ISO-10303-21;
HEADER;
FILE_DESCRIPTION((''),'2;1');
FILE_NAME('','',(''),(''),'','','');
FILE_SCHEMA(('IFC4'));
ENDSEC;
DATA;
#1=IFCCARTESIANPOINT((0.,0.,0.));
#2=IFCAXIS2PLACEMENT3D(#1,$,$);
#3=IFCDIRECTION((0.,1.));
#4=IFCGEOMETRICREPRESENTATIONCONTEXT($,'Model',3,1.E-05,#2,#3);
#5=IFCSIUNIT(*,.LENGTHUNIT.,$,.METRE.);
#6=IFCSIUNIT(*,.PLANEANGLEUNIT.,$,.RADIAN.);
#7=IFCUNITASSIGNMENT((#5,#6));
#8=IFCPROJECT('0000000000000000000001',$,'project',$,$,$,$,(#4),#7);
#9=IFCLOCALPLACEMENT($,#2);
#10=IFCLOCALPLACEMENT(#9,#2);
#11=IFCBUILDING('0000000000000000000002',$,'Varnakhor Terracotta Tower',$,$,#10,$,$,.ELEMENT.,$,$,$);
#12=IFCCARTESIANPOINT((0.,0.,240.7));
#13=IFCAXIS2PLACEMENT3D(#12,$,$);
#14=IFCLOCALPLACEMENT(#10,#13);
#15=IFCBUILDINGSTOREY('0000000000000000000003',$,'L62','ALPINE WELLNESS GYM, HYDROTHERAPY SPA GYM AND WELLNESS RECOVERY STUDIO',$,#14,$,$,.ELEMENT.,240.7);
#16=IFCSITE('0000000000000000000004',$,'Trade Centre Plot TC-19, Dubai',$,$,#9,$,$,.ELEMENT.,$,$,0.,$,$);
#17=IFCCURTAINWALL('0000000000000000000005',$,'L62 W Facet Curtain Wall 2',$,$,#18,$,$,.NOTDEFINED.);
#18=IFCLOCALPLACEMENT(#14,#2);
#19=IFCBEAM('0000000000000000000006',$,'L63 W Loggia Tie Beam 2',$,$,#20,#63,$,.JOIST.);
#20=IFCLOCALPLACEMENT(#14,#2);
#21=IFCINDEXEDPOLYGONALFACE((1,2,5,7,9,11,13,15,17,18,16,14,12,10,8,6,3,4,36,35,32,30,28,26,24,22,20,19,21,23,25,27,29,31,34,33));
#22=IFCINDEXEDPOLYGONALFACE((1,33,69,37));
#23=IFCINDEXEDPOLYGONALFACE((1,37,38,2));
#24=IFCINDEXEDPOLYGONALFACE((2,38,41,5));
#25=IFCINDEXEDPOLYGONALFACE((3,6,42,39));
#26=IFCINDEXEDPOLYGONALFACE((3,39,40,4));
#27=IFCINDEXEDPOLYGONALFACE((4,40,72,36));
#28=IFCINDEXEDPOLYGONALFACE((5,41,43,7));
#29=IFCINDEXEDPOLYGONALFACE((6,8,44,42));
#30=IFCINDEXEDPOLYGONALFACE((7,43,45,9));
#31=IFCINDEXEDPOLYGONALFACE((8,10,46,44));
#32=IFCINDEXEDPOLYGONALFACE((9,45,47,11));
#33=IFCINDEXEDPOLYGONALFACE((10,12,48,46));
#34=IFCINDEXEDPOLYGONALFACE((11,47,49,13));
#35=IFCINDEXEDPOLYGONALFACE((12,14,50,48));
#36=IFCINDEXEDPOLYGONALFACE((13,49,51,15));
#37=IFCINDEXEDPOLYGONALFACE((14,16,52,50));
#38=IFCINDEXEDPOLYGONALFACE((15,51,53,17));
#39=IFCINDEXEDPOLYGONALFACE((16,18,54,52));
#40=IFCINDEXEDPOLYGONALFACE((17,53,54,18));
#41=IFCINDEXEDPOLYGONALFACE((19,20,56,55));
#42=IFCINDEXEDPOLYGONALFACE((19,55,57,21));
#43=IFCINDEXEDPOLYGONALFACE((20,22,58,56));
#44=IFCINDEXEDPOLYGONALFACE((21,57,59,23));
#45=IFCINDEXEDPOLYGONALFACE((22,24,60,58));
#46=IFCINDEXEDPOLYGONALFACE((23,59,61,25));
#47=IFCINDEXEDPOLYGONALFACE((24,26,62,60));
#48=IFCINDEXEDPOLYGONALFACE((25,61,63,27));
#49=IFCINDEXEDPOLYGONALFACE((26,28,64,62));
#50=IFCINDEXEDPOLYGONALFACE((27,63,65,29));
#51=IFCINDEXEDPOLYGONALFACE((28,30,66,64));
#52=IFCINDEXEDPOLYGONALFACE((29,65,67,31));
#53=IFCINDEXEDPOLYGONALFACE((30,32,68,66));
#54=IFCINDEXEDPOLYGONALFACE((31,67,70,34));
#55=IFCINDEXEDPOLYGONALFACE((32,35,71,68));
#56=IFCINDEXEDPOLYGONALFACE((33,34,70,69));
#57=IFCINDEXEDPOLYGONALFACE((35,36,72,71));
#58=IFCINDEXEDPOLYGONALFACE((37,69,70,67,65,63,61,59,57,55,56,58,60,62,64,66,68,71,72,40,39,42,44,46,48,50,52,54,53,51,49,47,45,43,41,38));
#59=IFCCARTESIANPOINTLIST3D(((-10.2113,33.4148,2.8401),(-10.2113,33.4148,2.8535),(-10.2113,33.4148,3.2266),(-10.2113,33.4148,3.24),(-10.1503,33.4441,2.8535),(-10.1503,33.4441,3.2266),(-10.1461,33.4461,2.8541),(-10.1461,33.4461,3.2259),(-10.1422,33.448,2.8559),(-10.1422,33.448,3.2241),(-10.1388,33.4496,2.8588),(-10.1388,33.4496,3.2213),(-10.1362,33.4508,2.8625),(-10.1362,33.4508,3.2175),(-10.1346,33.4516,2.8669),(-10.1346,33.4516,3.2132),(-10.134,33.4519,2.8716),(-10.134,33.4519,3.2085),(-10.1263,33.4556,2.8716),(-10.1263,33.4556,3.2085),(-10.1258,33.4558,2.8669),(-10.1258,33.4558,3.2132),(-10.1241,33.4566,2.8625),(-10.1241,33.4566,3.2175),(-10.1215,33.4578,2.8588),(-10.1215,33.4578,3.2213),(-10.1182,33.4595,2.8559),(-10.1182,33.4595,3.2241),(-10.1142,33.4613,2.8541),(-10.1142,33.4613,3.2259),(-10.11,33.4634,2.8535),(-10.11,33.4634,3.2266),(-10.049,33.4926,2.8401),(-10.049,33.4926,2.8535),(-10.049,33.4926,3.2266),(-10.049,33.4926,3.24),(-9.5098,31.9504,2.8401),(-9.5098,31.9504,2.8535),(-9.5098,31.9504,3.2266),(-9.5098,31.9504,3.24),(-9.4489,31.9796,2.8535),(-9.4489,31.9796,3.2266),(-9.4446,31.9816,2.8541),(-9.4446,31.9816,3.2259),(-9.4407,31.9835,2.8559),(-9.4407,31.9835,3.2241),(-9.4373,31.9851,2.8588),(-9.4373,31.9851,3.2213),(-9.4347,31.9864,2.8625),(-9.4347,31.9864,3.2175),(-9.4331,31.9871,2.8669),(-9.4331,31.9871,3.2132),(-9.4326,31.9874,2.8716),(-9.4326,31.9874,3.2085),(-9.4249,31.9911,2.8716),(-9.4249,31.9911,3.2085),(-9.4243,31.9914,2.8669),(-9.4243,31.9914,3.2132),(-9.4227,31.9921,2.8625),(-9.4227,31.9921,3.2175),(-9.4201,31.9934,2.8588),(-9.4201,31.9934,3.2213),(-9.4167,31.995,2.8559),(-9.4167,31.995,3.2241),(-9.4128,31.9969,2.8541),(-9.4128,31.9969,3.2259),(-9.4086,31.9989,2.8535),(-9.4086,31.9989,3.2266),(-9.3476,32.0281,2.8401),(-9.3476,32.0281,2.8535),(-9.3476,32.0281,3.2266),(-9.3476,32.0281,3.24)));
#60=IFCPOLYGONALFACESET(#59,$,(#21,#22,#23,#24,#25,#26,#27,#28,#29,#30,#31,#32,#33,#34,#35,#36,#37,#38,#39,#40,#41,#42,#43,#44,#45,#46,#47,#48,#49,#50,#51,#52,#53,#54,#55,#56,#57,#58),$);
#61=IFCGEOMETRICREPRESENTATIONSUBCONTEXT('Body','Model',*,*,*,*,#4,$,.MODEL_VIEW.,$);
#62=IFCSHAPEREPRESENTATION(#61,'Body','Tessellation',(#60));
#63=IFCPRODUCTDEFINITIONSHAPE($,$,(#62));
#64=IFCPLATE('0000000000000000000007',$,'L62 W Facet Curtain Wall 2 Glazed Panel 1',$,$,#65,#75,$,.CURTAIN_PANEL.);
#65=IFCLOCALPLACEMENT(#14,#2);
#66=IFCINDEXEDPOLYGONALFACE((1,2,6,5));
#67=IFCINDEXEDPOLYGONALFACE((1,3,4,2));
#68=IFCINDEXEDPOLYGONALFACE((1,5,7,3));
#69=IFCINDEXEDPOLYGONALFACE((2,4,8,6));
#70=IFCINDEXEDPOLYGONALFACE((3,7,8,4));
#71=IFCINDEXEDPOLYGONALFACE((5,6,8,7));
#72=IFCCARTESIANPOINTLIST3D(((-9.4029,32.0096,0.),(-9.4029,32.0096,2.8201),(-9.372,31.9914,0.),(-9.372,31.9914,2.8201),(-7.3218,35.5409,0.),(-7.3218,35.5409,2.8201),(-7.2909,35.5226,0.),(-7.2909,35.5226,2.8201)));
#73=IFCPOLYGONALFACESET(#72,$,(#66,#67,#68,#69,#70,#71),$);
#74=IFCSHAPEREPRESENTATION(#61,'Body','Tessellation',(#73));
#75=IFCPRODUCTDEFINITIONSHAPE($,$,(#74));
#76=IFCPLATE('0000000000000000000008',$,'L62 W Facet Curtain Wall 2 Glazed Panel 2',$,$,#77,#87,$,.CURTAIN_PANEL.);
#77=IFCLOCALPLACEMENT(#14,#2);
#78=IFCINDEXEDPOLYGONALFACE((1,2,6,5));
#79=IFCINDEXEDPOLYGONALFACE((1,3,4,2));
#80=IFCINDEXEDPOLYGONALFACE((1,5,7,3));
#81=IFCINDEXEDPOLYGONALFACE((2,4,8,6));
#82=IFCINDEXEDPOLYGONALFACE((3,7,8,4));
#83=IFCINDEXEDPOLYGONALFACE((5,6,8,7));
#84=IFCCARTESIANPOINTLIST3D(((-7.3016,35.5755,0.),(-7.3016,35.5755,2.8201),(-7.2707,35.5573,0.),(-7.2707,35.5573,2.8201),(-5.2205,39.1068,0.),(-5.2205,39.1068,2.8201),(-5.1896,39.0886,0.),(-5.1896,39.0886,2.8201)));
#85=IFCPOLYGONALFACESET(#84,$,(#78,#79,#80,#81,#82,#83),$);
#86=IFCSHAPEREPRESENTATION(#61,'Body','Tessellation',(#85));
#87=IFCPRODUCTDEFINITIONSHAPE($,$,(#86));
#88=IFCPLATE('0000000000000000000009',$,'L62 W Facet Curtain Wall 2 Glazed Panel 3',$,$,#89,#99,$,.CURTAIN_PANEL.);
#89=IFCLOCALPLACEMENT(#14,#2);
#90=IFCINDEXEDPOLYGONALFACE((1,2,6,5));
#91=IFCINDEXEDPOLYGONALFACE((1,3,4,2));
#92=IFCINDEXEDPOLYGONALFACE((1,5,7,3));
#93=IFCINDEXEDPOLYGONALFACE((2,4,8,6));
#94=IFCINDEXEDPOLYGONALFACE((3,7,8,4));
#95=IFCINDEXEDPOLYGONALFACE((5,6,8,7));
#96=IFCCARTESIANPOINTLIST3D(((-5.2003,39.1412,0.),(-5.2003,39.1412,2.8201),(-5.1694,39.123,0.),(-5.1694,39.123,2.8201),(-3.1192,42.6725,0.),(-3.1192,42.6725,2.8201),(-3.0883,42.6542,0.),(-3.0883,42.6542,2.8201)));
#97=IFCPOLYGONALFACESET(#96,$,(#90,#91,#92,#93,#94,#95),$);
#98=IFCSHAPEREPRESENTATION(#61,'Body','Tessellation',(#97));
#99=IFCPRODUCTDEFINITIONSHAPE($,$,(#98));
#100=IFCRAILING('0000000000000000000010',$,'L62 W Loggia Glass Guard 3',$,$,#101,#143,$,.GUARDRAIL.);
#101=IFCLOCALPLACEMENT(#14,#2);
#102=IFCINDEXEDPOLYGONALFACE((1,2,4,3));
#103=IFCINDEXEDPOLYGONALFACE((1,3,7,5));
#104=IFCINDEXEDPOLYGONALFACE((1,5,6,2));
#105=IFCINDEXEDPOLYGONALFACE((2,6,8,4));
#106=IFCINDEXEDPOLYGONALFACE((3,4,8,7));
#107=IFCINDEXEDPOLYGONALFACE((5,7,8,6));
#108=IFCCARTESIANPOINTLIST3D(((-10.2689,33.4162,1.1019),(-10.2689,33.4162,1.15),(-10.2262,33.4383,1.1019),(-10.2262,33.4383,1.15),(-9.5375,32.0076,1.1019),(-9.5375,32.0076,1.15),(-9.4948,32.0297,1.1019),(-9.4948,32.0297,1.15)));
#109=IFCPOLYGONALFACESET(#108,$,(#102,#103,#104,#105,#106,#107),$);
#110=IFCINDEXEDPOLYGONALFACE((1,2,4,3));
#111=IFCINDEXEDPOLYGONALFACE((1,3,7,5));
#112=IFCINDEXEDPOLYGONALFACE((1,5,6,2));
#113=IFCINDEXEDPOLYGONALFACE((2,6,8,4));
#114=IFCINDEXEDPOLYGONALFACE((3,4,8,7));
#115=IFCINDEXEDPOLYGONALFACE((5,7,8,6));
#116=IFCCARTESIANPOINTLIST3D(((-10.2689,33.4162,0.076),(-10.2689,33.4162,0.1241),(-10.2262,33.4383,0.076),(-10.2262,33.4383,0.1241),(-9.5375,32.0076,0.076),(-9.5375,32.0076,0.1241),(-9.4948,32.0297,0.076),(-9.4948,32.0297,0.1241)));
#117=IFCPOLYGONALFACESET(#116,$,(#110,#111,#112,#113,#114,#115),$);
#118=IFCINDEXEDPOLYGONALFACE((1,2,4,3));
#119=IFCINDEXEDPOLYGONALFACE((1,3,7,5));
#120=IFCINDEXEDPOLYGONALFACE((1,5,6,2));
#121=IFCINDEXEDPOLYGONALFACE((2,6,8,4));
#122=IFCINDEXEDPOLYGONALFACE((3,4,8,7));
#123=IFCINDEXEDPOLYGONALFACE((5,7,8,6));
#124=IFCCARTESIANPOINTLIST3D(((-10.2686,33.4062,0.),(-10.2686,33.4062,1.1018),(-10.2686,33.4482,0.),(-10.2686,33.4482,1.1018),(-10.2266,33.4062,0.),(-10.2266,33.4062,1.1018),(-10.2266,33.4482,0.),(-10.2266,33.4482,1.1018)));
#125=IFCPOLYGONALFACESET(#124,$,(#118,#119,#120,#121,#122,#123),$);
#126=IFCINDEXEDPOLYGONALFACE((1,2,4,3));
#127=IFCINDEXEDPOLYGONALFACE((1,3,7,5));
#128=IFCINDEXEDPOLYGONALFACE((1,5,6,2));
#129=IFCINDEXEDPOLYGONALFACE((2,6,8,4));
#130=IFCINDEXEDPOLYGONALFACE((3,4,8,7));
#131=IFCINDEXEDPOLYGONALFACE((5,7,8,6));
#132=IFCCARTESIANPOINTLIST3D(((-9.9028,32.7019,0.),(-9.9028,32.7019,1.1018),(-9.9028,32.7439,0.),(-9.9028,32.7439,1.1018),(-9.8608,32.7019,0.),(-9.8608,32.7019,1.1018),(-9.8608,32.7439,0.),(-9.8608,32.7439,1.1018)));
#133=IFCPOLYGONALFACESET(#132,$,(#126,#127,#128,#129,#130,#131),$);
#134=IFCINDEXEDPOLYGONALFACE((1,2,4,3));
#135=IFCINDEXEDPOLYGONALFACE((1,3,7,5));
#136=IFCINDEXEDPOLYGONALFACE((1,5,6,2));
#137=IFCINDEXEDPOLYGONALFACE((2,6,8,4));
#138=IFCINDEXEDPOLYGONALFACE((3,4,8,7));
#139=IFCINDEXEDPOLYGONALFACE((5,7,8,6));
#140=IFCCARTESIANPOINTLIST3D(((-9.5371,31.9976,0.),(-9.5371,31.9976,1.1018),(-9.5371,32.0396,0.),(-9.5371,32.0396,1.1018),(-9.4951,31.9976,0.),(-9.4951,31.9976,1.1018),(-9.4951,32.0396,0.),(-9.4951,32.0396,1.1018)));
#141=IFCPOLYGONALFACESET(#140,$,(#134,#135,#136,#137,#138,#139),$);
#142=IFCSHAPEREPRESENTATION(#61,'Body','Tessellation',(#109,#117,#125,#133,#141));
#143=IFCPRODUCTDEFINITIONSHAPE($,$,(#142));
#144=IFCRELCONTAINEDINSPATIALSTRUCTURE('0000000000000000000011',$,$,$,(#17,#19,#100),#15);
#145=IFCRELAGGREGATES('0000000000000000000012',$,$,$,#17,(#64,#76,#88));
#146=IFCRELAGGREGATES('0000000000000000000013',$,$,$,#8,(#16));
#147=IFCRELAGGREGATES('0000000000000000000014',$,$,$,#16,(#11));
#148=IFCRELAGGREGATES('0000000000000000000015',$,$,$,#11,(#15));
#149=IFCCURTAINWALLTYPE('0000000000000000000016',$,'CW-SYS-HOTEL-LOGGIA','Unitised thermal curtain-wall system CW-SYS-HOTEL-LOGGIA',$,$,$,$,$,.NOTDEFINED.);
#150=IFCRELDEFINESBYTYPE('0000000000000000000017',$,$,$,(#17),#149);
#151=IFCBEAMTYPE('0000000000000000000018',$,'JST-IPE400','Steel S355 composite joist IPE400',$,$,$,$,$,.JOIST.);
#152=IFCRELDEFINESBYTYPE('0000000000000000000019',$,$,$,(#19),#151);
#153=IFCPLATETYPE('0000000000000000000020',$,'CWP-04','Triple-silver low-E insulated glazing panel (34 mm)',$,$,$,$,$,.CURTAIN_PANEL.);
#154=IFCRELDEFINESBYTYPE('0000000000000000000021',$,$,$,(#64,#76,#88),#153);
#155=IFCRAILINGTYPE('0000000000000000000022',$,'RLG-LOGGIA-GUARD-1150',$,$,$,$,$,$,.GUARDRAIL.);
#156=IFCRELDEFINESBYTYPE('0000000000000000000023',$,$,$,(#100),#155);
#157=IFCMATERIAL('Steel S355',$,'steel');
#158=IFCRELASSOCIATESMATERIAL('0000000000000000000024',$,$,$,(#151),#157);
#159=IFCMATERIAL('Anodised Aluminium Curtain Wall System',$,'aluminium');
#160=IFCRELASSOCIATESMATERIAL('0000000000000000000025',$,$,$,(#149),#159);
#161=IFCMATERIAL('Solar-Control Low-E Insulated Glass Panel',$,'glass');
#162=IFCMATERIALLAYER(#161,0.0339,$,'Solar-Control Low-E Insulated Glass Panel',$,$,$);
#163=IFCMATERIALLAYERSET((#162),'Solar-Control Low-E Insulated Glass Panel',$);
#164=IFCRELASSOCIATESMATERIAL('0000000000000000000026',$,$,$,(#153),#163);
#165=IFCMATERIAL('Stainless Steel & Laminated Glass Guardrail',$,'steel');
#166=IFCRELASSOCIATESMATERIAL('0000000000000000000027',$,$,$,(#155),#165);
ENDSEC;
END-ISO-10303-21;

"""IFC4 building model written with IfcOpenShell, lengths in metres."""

from ifc_helpers import new_model, si_unit, direction, frame, origin, origin_2d, place, context, subcontext, project, spatial, rectangle, i_section, extrude, source, transform, mapped, material, layer, layer_set, material_profile, profile_set, type_object, element, aggregate, save


model = new_model("IFC4")

# Units and contexts
model_context = context("Model", 3, precision=1e-05, world=origin(), true_north=direction((0.0, 1.0)))
body_context = subcontext(model_context, "Body", "Model", "MODEL_VIEW")
ifc_project = project(units=[si_unit("LENGTHUNIT", "METRE"), si_unit("PLANEANGLEUNIT", "RADIAN")], contexts=[model_context])

# Site, building, storey
site_placement = place(None, origin())
site = spatial("IfcSite", under=ifc_project, at=site_placement, Name="Trade Centre Plot TC-19, Dubai", CompositionType="ELEMENT", RefElevation=0.0)
building_placement = place(site_placement, origin())
building = spatial("IfcBuilding", under=site, at=building_placement, Name="Varnakhor Terracotta Tower", CompositionType="ELEMENT")
storey_placement = place(building_placement, frame((0.0, 0.0, 240.7)))
storey = spatial("IfcBuildingStorey", under=building, at=storey_placement, Name="L62", Description="ALPINE WELLNESS GYM, HYDROTHERAPY SPA GYM AND WELLNESS RECOVERY STUDIO", CompositionType="ELEMENT", Elevation=240.7)

# Shared definitions
ifc_material_1 = material(Name="Steel S355", Category="steel")
ifc_material_profile_1 = material_profile(ifc_material_1, i_section(OverallWidth=0.1799, OverallDepth=0.3999, WebThickness=0.0085, FlangeThickness=0.0134, FilletRadius=0.0181, at=origin_2d()), Name="IPE400")
ifc_profile_set_1 = profile_set([ifc_material_profile_1], Name="Steel S355")
beam_type_1 = type_object("IfcBeamType", Name="JST-IPE400", Description="Steel S355 composite joist IPE400", PredefinedType="JOIST", material=ifc_profile_set_1)

# Curtain wall
ifc_material_2 = material(Name="Anodised Aluminium Curtain Wall System", Category="aluminium")
curtain_wall_type = type_object("IfcCurtainWallType", Name="CW-SYS-HOTEL-LOGGIA", Description="Unitised thermal curtain-wall system CW-SYS-HOTEL-LOGGIA", PredefinedType="NOTDEFINED", material=ifc_material_2)
curtain_wall_placement = place(storey_placement, origin())
curtain_wall = element("IfcCurtainWall", 1, at=curtain_wall_placement, inside=storey, type_object=curtain_wall_type, Name="L62 W Facet Curtain Wall 2", PredefinedType="NOTDEFINED")

# Beam
shared_shape_1 = source(origin(), body_context, "Body", "SweptSolid", [
    extrude(i_section(OverallWidth=0.1799, OverallDepth=0.3999, WebThickness=0.0085, FlangeThickness=0.0134, FilletRadius=0.0181, at=origin_2d()), origin(), (0.0, 0.0, 1.0), 1.6238),
])
beam_1_placement = place(storey_placement, frame((-9.4287, 31.9893, 3.04), z_axis=(-0.431993, 0.901877, 0.0), x_axis=(-0.901877, -0.431993, 0.0)))
element("IfcBeam", 2, at=beam_1_placement, inside=storey, type_object=beam_type_1, Name="L63 W Loggia Tie Beam 2", PredefinedType="JOIST", context=body_context, shape_type="MappedRepresentation", body=[
    mapped(shared_shape_1, transform((0.0, 0.0, 0.0), scale=1.0)),
])

# Plates
ifc_material_3 = material(Name="Solar-Control Low-E Insulated Glass Panel", Category="glass")
ifc_layer = layer(ifc_material_3, 0.0339, Name="Solar-Control Low-E Insulated Glass Panel")
ifc_layer_set = layer_set([ifc_layer], Name="Solar-Control Low-E Insulated Glass Panel")
plate_type = type_object("IfcPlateType", Name="CWP-04", Description="Triple-silver low-E insulated glazing panel (34 mm)", PredefinedType="CURTAIN_PANEL", material=ifc_layer_set)
shared_shape_2 = source(origin(), body_context, "Body", "SweptSolid", [
    extrude(rectangle(XDim=4.0989, YDim=0.0359, at=origin_2d()), origin(), (0.0, 0.0, 1.0), 2.8201),
])
plate_1_placement = place(storey_placement, frame((-8.3469, 33.7661, 0.0), z_axis=(0.0, 0.0, 1.0), x_axis=(0.507719, 0.861523, 0.0)))
plate_1 = element("IfcPlate", 3, at=plate_1_placement, type_object=plate_type, Name="L62 W Facet Curtain Wall 2 Glazed Panel 1", PredefinedType="CURTAIN_PANEL", context=body_context, shape_type="MappedRepresentation", body=[
    mapped(shared_shape_2, transform((0.0, 0.0, 0.0), scale=1.0)),
])
plate_2_placement = place(storey_placement, frame((-6.2456, 37.332, 0.0), z_axis=(0.0, 0.0, 1.0), x_axis=(0.507719, 0.861523, 0.0)))
plate_2 = element("IfcPlate", 4, at=plate_2_placement, type_object=plate_type, Name="L62 W Facet Curtain Wall 2 Glazed Panel 2", PredefinedType="CURTAIN_PANEL", context=body_context, shape_type="MappedRepresentation", body=[
    mapped(shared_shape_2, transform((0.0, 0.0, 0.0), scale=1.0)),
])
plate_3_placement = place(storey_placement, frame((-4.1443, 40.8977, 0.0), z_axis=(0.0, 0.0, 1.0), x_axis=(0.507719, 0.861523, 0.0)))
plate_3 = element("IfcPlate", 5, at=plate_3_placement, type_object=plate_type, Name="L62 W Facet Curtain Wall 2 Glazed Panel 3", PredefinedType="CURTAIN_PANEL", context=body_context, shape_type="MappedRepresentation", body=[
    mapped(shared_shape_2, transform((0.0, 0.0, 0.0), scale=1.0)),
])
aggregate(curtain_wall, [plate_1, plate_2, plate_3])

# Railing
ifc_material_4 = material(Name="Stainless Steel & Laminated Glass Guardrail", Category="steel")
railing_type = type_object("IfcRailingType", Name="RLG-LOGGIA-GUARD-1150", PredefinedType="GUARDRAIL", material=ifc_material_4)
railing_placement = place(storey_placement, frame((-10.2476, 33.4272, 0.0)))
element("IfcRailing", 6, at=railing_placement, inside=storey, type_object=railing_type, Name="L62 W Loggia Glass Guard 3", PredefinedType="GUARDRAIL", context=body_context, shape_type="SweptSolid", body=[
    extrude(rectangle(XDim=0.0481, YDim=0.0481, at=origin_2d()), frame((0.0, 0.0, 1.126), z_axis=(0.46082, -0.887494, 0.0), x_axis=(0.887494, 0.46082, 0.0)), (0.0, 0.0, 1.0), 1.5872),
    extrude(rectangle(XDim=0.0481, YDim=0.0481, at=origin_2d()), frame((0.0, 0.0, 0.1001), z_axis=(0.46082, -0.887494, 0.0), x_axis=(0.887494, 0.46082, 0.0)), (0.0, 0.0, 1.0), 1.5872),
    extrude(rectangle(XDim=0.042, YDim=0.042, at=origin_2d()), origin(), (0.0, 0.0, 1.0), 1.1018),
    extrude(rectangle(XDim=0.042, YDim=0.042, at=origin_2d()), frame((0.3657, -0.7043, 0.0)), (0.0, 0.0, 1.0), 1.1018),
    extrude(rectangle(XDim=0.042, YDim=0.042, at=origin_2d()), frame((0.7314, -1.4087, 0.0)), (0.0, 0.0, 1.0), 1.1018),
])

save(model, "model.ifc")
